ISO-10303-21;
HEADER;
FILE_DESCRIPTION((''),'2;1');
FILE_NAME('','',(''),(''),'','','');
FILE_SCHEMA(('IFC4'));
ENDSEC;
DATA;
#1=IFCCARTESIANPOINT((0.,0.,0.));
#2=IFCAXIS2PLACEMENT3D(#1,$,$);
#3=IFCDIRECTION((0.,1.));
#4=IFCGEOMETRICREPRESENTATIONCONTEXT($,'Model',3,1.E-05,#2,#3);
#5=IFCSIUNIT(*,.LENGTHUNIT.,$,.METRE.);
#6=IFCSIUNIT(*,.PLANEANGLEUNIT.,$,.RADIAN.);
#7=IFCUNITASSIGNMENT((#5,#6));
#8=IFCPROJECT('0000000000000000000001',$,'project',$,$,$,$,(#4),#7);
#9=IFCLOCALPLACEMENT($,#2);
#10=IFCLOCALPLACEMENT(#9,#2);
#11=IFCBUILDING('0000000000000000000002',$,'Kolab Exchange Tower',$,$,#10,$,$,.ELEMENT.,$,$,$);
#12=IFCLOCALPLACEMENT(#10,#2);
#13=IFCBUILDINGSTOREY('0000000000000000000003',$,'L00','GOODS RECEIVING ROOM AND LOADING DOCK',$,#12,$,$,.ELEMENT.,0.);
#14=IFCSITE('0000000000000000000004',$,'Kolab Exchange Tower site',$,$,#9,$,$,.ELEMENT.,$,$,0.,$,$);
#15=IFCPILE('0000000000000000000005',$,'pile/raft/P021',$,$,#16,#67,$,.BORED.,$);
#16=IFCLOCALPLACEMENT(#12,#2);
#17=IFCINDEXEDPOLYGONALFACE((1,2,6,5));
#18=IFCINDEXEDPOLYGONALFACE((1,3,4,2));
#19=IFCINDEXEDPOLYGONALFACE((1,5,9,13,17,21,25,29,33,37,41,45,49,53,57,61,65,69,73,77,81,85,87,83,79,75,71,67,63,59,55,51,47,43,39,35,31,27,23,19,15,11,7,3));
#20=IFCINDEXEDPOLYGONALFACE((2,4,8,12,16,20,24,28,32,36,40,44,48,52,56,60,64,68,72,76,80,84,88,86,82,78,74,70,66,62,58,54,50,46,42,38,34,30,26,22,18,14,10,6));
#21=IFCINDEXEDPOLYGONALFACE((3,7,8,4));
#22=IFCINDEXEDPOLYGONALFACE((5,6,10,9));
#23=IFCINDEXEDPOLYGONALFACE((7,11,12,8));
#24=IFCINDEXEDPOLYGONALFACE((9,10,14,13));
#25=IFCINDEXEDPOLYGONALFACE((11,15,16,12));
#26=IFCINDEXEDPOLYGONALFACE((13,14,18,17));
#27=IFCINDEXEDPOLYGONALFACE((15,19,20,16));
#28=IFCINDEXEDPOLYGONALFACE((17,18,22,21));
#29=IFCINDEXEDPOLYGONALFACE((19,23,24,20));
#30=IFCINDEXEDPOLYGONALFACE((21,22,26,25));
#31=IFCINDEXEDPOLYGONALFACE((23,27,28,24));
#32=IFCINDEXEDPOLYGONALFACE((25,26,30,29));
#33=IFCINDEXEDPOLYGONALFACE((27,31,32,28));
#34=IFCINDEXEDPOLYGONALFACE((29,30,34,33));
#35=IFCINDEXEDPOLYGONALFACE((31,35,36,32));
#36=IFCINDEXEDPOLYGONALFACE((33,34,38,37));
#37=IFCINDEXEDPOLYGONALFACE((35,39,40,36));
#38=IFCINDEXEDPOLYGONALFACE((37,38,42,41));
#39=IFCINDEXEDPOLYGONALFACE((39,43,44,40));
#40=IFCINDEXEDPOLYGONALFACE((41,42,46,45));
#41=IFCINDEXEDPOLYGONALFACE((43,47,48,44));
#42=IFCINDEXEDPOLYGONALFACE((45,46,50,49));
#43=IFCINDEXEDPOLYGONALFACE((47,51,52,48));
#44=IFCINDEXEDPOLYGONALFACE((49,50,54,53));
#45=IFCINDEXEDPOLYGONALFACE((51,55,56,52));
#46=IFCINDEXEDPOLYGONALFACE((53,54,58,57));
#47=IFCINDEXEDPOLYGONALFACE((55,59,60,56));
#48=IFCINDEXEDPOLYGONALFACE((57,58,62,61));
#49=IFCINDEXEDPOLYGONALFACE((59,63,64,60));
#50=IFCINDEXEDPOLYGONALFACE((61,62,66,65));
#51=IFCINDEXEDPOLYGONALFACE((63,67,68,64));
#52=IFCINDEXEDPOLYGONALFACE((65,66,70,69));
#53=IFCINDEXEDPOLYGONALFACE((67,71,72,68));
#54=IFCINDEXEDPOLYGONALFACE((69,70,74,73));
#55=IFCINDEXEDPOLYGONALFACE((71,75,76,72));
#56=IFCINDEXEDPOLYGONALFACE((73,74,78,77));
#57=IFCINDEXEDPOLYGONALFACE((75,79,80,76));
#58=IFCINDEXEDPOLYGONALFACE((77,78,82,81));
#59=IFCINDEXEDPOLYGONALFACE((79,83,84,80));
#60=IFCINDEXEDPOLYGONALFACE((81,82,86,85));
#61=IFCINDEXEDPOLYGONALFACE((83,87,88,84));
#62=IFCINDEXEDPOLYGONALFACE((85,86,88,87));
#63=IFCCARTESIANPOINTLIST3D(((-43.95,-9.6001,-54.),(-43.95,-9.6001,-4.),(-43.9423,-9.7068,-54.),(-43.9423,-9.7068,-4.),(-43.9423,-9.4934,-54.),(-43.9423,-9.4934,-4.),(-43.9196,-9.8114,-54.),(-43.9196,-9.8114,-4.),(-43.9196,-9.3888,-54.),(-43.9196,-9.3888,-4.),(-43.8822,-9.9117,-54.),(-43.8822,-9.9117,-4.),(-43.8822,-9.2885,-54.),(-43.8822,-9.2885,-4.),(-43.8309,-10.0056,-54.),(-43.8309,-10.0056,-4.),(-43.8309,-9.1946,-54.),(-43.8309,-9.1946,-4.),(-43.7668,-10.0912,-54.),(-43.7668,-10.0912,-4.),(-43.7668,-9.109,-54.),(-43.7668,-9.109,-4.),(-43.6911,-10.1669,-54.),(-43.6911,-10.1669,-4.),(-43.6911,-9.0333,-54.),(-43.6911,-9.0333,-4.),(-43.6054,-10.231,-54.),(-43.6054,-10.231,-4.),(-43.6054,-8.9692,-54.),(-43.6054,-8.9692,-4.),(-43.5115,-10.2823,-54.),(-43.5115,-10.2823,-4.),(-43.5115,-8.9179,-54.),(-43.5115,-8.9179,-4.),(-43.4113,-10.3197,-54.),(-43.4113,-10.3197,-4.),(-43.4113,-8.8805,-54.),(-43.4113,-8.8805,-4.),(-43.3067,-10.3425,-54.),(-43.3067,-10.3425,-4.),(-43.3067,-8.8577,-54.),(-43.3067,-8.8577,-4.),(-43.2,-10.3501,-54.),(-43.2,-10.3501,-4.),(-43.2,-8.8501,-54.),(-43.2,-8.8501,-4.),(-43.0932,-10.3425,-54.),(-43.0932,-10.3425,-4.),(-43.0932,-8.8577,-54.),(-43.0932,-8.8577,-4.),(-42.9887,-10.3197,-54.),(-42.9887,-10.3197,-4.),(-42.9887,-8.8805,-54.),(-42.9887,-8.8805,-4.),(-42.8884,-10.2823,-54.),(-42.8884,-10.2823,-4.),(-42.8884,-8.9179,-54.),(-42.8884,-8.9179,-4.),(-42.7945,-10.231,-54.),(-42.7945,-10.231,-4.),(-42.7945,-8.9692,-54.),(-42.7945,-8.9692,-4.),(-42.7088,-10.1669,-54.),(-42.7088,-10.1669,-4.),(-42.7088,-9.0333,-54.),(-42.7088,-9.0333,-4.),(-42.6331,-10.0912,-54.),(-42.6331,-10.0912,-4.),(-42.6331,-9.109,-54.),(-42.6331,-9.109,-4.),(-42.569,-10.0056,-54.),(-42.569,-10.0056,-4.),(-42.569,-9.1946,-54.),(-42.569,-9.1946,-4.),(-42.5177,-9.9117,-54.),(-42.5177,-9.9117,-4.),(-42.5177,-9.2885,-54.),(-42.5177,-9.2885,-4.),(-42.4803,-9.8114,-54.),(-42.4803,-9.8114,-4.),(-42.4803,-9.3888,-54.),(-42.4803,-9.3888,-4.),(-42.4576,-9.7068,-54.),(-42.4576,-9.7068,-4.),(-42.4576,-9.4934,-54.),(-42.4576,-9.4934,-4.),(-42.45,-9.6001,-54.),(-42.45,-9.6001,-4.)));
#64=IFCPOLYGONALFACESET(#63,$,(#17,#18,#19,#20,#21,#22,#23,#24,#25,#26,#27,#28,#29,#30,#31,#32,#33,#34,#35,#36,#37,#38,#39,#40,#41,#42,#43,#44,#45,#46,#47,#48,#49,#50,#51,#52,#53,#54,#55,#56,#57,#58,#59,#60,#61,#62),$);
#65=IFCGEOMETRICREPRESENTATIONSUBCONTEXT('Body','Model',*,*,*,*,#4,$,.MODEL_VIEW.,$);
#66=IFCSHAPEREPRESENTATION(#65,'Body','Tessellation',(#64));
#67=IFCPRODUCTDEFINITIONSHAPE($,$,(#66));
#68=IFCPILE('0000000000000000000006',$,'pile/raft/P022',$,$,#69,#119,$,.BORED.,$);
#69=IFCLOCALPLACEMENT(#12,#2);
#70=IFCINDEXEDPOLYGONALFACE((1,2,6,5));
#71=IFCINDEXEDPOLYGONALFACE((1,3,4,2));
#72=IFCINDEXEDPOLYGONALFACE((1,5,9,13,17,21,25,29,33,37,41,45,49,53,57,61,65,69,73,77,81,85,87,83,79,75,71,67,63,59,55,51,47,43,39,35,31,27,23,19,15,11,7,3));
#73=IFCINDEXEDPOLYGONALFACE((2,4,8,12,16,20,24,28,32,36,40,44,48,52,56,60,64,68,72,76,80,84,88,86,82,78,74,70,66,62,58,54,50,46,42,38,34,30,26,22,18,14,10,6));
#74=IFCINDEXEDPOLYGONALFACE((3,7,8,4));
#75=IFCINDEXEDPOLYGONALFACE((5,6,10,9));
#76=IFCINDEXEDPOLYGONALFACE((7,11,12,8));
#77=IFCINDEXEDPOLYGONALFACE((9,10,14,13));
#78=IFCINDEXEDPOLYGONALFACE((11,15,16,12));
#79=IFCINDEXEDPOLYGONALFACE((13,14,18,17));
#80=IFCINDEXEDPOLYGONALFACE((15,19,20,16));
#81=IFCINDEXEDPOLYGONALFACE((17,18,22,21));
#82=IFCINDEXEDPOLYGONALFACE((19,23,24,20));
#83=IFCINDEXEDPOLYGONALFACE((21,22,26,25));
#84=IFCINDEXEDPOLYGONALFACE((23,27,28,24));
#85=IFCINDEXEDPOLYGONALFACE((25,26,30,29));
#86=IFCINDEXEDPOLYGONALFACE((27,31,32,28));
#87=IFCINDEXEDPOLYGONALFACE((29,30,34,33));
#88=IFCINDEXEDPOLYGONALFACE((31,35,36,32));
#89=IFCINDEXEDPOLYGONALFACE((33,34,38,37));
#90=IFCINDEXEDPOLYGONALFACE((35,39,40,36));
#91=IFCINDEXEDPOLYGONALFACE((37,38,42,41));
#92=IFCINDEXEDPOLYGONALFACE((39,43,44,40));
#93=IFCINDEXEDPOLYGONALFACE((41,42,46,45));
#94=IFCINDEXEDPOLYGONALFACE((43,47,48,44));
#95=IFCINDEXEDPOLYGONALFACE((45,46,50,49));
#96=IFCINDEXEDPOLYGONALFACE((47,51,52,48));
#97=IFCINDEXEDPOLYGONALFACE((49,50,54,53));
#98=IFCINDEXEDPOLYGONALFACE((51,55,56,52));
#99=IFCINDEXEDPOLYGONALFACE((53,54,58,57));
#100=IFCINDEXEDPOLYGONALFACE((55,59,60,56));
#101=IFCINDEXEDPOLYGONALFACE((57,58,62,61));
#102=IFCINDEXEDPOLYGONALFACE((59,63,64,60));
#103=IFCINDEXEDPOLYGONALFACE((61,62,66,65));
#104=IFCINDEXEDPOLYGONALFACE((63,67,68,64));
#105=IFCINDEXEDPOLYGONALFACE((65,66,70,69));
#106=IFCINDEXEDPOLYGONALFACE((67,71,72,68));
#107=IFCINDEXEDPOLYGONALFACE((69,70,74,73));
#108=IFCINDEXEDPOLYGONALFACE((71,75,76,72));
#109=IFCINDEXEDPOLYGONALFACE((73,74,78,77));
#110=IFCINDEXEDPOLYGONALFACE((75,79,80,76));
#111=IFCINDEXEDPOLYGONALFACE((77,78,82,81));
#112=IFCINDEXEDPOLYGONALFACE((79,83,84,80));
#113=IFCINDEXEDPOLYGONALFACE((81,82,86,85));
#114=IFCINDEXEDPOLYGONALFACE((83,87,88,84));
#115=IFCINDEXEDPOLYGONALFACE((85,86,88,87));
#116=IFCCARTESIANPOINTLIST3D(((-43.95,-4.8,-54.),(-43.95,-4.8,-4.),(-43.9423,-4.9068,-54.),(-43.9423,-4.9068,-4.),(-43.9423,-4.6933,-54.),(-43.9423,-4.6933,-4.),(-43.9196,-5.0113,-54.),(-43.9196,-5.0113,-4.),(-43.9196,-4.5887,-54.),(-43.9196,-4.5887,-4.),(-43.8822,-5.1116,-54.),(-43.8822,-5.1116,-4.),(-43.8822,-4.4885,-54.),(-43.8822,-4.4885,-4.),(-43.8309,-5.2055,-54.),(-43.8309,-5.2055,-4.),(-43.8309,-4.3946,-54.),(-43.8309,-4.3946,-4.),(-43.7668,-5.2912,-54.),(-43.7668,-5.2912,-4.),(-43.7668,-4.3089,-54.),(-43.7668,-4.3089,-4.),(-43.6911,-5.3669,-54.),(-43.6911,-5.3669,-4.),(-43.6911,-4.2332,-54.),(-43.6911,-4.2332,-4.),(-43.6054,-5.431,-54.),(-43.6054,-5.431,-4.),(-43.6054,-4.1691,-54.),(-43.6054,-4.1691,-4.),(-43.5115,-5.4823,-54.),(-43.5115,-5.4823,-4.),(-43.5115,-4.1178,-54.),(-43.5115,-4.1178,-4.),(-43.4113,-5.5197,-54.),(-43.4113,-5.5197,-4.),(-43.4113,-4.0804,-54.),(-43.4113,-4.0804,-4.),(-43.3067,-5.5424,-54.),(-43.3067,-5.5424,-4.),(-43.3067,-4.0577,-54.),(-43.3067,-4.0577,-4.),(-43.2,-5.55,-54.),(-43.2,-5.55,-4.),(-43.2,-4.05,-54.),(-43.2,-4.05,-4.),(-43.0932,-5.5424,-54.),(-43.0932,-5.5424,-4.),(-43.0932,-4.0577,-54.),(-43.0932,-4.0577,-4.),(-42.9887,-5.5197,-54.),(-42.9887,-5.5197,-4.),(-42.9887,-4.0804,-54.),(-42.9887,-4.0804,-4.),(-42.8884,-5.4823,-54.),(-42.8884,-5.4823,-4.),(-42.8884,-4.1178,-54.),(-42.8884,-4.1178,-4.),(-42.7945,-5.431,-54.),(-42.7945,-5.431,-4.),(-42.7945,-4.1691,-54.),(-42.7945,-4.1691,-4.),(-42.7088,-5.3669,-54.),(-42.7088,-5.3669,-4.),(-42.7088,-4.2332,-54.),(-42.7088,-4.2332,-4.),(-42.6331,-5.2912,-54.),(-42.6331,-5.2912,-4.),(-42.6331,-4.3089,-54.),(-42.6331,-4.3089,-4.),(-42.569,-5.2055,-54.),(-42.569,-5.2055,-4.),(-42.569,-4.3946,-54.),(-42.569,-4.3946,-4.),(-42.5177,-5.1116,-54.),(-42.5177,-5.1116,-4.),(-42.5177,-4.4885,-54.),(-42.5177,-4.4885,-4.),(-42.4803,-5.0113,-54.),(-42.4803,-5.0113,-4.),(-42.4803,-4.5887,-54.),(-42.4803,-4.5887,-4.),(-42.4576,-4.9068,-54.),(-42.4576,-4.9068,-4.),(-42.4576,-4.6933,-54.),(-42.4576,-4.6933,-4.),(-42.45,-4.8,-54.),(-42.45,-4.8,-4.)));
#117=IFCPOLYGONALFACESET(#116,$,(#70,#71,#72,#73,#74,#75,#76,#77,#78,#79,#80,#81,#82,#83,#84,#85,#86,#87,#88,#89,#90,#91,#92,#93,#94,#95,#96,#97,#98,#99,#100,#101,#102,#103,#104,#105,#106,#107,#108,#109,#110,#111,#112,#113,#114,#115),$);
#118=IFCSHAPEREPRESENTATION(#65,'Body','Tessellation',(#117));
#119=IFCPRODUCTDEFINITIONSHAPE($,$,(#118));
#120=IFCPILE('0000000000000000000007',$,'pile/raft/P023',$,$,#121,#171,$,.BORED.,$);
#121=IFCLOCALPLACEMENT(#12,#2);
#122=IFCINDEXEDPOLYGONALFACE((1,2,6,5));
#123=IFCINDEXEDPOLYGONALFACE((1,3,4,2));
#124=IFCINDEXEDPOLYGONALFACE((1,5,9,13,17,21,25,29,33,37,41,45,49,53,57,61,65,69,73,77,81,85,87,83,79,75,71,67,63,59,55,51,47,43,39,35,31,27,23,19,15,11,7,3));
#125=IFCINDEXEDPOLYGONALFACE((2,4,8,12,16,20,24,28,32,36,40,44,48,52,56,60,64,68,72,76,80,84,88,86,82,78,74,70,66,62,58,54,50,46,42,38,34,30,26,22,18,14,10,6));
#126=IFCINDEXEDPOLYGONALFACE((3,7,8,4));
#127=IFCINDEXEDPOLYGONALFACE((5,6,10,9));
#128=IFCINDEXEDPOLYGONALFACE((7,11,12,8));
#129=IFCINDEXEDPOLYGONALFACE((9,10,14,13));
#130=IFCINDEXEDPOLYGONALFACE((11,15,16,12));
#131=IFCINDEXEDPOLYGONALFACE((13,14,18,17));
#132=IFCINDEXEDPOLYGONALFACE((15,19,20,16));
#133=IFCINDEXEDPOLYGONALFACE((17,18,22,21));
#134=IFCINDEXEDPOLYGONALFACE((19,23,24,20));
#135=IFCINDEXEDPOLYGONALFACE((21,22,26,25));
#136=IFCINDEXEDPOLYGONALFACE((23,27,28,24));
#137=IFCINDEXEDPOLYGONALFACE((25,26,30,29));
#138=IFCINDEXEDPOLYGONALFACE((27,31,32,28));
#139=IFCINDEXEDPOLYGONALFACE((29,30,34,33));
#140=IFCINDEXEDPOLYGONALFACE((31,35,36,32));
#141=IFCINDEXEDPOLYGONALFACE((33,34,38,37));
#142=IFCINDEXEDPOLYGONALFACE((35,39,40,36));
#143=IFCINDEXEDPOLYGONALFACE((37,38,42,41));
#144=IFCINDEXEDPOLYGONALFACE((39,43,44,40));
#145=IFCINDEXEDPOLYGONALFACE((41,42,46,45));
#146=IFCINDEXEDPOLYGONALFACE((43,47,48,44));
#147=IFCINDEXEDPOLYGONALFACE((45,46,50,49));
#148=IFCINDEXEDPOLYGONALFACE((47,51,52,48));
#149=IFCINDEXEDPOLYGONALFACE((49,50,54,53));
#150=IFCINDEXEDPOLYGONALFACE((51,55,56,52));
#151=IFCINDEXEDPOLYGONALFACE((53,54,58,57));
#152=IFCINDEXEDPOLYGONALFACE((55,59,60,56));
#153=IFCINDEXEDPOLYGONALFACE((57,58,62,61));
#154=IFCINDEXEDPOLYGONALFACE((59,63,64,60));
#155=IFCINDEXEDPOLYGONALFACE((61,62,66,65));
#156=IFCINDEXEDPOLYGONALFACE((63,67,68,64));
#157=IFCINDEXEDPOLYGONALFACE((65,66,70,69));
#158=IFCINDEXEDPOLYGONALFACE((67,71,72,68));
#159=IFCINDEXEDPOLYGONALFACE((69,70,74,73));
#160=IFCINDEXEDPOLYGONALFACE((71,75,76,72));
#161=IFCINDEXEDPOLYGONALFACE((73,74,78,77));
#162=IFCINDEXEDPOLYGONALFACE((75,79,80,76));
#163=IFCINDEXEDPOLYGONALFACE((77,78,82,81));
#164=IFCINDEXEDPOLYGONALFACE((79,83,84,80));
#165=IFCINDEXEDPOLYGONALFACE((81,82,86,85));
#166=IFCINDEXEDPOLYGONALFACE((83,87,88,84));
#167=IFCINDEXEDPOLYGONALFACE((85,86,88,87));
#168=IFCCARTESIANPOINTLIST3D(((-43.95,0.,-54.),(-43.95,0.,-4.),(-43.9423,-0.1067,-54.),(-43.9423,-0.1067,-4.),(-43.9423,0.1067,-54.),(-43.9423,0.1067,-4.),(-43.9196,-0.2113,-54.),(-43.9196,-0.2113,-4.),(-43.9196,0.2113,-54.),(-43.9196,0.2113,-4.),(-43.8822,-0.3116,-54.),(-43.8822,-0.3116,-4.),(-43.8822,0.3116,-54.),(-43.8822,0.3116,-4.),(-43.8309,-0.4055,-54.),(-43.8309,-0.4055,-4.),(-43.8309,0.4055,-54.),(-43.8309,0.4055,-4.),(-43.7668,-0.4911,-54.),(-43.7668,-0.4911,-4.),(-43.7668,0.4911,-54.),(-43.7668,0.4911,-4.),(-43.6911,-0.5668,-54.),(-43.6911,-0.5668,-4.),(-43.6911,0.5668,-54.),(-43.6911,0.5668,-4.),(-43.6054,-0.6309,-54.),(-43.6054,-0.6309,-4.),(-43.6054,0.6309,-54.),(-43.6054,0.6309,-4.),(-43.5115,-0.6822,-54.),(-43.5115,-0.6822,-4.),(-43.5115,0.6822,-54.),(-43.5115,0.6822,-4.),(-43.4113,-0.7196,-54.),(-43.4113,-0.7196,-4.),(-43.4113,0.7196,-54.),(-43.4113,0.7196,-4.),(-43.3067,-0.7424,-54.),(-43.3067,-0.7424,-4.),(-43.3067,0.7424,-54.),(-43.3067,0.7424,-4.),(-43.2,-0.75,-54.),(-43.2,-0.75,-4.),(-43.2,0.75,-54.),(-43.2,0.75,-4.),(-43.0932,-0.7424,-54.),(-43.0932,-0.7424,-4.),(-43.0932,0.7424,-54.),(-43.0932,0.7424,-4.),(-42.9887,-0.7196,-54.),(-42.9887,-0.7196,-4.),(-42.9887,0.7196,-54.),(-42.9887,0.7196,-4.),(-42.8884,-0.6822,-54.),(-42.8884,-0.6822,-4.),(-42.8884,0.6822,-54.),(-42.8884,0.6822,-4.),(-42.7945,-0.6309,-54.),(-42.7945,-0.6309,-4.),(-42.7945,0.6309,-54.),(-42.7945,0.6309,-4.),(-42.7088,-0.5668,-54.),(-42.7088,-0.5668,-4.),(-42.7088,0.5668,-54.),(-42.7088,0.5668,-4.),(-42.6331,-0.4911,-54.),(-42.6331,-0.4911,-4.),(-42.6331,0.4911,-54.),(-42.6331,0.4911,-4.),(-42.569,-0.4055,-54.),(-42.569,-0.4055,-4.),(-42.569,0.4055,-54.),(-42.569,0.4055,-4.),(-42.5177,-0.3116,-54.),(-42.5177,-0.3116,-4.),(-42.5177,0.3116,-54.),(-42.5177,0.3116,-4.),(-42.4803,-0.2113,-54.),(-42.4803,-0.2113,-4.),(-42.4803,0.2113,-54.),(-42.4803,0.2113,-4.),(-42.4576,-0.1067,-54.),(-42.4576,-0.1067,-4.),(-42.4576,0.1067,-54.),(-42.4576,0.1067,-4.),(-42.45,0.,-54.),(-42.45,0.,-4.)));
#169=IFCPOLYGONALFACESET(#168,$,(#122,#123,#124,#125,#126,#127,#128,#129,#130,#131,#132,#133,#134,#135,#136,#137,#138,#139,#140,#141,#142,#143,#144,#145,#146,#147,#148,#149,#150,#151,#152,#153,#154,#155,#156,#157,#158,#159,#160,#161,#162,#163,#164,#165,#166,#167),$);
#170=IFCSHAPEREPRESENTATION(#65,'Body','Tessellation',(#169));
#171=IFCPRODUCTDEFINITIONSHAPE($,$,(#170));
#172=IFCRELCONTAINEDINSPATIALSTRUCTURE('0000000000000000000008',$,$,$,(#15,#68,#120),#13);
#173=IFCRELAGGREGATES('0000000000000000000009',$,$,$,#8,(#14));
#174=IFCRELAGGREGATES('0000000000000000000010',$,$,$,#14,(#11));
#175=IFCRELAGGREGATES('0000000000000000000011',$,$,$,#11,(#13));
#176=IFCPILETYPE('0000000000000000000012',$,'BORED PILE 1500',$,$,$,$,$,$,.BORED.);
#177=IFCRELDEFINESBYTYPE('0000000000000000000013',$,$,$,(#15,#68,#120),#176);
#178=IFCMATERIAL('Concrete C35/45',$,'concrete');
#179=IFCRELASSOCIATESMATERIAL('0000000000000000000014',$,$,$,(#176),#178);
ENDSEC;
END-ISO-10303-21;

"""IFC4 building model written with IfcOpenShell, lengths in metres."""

from ifc_helpers import new_model, si_unit, direction, frame, origin, origin_2d, place, context, subcontext, project, spatial, circle, extrude, material, material_profile, profile_set, type_object, element, save


model = new_model("IFC4")

# Units and contexts
model_context = context("Model", 3, precision=1e-05, world=origin(), true_north=direction((0.0, 1.0)))
body_context = subcontext(model_context, "Body", "Model", "MODEL_VIEW")
ifc_project = project(units=[si_unit("LENGTHUNIT", "METRE"), si_unit("PLANEANGLEUNIT", "RADIAN")], contexts=[model_context])

# Site, building, storey
site_placement = place(None, origin())
site = spatial("IfcSite", under=ifc_project, at=site_placement, Name="Kolab Exchange Tower site", CompositionType="ELEMENT", RefElevation=0.0)
building_placement = place(site_placement, origin())
building = spatial("IfcBuilding", under=site, at=building_placement, Name="Kolab Exchange Tower", CompositionType="ELEMENT")
storey_placement = place(building_placement, origin())
storey = spatial("IfcBuildingStorey", under=building, at=storey_placement, Name="L00", Description="GOODS RECEIVING ROOM AND LOADING DOCK", CompositionType="ELEMENT", Elevation=0.0)

# Piles
ifc_material_1 = material(Name="Concrete C35/45", Category="concrete")
ifc_material_profile_1 = material_profile(ifc_material_1, circle(Radius=0.75, at=origin_2d()), Name="BP1500")
ifc_profile_set_1 = profile_set([ifc_material_profile_1], Name="Concrete C35/45")
pile_type_1 = type_object("IfcPileType", Name="BORED PILE 1500", PredefinedType="BORED", material=ifc_profile_set_1)
for number, where, z_axis, x_axis, name in (
    (1, (-43.2, -9.6001, -4.0), (0.0, 0.0, -1.0), (1.0, 0.0, 0.0), "pile/raft/P021"),
    (2, (-43.2, -4.8, -4.0), (0.0, 0.0, -1.0), (1.0, 0.0, 0.0), "pile/raft/P022"),
    (3, (-43.2, 0.0, -4.0), (0.0, 0.0, -1.0), (1.0, 0.0, 0.0), "pile/raft/P023"),
):
    element("IfcPile", number, at=place(storey_placement, frame(where, z_axis=z_axis, x_axis=x_axis)), inside=storey, type_object=pile_type_1, Name=name, PredefinedType="BORED", context=body_context, shape_type="SweptSolid", body=[
        extrude(circle(Radius=0.75, at=origin_2d()), origin(), (0.0, 0.0, 1.0), 50.0),
    ])

save(model, "model.ifc")
